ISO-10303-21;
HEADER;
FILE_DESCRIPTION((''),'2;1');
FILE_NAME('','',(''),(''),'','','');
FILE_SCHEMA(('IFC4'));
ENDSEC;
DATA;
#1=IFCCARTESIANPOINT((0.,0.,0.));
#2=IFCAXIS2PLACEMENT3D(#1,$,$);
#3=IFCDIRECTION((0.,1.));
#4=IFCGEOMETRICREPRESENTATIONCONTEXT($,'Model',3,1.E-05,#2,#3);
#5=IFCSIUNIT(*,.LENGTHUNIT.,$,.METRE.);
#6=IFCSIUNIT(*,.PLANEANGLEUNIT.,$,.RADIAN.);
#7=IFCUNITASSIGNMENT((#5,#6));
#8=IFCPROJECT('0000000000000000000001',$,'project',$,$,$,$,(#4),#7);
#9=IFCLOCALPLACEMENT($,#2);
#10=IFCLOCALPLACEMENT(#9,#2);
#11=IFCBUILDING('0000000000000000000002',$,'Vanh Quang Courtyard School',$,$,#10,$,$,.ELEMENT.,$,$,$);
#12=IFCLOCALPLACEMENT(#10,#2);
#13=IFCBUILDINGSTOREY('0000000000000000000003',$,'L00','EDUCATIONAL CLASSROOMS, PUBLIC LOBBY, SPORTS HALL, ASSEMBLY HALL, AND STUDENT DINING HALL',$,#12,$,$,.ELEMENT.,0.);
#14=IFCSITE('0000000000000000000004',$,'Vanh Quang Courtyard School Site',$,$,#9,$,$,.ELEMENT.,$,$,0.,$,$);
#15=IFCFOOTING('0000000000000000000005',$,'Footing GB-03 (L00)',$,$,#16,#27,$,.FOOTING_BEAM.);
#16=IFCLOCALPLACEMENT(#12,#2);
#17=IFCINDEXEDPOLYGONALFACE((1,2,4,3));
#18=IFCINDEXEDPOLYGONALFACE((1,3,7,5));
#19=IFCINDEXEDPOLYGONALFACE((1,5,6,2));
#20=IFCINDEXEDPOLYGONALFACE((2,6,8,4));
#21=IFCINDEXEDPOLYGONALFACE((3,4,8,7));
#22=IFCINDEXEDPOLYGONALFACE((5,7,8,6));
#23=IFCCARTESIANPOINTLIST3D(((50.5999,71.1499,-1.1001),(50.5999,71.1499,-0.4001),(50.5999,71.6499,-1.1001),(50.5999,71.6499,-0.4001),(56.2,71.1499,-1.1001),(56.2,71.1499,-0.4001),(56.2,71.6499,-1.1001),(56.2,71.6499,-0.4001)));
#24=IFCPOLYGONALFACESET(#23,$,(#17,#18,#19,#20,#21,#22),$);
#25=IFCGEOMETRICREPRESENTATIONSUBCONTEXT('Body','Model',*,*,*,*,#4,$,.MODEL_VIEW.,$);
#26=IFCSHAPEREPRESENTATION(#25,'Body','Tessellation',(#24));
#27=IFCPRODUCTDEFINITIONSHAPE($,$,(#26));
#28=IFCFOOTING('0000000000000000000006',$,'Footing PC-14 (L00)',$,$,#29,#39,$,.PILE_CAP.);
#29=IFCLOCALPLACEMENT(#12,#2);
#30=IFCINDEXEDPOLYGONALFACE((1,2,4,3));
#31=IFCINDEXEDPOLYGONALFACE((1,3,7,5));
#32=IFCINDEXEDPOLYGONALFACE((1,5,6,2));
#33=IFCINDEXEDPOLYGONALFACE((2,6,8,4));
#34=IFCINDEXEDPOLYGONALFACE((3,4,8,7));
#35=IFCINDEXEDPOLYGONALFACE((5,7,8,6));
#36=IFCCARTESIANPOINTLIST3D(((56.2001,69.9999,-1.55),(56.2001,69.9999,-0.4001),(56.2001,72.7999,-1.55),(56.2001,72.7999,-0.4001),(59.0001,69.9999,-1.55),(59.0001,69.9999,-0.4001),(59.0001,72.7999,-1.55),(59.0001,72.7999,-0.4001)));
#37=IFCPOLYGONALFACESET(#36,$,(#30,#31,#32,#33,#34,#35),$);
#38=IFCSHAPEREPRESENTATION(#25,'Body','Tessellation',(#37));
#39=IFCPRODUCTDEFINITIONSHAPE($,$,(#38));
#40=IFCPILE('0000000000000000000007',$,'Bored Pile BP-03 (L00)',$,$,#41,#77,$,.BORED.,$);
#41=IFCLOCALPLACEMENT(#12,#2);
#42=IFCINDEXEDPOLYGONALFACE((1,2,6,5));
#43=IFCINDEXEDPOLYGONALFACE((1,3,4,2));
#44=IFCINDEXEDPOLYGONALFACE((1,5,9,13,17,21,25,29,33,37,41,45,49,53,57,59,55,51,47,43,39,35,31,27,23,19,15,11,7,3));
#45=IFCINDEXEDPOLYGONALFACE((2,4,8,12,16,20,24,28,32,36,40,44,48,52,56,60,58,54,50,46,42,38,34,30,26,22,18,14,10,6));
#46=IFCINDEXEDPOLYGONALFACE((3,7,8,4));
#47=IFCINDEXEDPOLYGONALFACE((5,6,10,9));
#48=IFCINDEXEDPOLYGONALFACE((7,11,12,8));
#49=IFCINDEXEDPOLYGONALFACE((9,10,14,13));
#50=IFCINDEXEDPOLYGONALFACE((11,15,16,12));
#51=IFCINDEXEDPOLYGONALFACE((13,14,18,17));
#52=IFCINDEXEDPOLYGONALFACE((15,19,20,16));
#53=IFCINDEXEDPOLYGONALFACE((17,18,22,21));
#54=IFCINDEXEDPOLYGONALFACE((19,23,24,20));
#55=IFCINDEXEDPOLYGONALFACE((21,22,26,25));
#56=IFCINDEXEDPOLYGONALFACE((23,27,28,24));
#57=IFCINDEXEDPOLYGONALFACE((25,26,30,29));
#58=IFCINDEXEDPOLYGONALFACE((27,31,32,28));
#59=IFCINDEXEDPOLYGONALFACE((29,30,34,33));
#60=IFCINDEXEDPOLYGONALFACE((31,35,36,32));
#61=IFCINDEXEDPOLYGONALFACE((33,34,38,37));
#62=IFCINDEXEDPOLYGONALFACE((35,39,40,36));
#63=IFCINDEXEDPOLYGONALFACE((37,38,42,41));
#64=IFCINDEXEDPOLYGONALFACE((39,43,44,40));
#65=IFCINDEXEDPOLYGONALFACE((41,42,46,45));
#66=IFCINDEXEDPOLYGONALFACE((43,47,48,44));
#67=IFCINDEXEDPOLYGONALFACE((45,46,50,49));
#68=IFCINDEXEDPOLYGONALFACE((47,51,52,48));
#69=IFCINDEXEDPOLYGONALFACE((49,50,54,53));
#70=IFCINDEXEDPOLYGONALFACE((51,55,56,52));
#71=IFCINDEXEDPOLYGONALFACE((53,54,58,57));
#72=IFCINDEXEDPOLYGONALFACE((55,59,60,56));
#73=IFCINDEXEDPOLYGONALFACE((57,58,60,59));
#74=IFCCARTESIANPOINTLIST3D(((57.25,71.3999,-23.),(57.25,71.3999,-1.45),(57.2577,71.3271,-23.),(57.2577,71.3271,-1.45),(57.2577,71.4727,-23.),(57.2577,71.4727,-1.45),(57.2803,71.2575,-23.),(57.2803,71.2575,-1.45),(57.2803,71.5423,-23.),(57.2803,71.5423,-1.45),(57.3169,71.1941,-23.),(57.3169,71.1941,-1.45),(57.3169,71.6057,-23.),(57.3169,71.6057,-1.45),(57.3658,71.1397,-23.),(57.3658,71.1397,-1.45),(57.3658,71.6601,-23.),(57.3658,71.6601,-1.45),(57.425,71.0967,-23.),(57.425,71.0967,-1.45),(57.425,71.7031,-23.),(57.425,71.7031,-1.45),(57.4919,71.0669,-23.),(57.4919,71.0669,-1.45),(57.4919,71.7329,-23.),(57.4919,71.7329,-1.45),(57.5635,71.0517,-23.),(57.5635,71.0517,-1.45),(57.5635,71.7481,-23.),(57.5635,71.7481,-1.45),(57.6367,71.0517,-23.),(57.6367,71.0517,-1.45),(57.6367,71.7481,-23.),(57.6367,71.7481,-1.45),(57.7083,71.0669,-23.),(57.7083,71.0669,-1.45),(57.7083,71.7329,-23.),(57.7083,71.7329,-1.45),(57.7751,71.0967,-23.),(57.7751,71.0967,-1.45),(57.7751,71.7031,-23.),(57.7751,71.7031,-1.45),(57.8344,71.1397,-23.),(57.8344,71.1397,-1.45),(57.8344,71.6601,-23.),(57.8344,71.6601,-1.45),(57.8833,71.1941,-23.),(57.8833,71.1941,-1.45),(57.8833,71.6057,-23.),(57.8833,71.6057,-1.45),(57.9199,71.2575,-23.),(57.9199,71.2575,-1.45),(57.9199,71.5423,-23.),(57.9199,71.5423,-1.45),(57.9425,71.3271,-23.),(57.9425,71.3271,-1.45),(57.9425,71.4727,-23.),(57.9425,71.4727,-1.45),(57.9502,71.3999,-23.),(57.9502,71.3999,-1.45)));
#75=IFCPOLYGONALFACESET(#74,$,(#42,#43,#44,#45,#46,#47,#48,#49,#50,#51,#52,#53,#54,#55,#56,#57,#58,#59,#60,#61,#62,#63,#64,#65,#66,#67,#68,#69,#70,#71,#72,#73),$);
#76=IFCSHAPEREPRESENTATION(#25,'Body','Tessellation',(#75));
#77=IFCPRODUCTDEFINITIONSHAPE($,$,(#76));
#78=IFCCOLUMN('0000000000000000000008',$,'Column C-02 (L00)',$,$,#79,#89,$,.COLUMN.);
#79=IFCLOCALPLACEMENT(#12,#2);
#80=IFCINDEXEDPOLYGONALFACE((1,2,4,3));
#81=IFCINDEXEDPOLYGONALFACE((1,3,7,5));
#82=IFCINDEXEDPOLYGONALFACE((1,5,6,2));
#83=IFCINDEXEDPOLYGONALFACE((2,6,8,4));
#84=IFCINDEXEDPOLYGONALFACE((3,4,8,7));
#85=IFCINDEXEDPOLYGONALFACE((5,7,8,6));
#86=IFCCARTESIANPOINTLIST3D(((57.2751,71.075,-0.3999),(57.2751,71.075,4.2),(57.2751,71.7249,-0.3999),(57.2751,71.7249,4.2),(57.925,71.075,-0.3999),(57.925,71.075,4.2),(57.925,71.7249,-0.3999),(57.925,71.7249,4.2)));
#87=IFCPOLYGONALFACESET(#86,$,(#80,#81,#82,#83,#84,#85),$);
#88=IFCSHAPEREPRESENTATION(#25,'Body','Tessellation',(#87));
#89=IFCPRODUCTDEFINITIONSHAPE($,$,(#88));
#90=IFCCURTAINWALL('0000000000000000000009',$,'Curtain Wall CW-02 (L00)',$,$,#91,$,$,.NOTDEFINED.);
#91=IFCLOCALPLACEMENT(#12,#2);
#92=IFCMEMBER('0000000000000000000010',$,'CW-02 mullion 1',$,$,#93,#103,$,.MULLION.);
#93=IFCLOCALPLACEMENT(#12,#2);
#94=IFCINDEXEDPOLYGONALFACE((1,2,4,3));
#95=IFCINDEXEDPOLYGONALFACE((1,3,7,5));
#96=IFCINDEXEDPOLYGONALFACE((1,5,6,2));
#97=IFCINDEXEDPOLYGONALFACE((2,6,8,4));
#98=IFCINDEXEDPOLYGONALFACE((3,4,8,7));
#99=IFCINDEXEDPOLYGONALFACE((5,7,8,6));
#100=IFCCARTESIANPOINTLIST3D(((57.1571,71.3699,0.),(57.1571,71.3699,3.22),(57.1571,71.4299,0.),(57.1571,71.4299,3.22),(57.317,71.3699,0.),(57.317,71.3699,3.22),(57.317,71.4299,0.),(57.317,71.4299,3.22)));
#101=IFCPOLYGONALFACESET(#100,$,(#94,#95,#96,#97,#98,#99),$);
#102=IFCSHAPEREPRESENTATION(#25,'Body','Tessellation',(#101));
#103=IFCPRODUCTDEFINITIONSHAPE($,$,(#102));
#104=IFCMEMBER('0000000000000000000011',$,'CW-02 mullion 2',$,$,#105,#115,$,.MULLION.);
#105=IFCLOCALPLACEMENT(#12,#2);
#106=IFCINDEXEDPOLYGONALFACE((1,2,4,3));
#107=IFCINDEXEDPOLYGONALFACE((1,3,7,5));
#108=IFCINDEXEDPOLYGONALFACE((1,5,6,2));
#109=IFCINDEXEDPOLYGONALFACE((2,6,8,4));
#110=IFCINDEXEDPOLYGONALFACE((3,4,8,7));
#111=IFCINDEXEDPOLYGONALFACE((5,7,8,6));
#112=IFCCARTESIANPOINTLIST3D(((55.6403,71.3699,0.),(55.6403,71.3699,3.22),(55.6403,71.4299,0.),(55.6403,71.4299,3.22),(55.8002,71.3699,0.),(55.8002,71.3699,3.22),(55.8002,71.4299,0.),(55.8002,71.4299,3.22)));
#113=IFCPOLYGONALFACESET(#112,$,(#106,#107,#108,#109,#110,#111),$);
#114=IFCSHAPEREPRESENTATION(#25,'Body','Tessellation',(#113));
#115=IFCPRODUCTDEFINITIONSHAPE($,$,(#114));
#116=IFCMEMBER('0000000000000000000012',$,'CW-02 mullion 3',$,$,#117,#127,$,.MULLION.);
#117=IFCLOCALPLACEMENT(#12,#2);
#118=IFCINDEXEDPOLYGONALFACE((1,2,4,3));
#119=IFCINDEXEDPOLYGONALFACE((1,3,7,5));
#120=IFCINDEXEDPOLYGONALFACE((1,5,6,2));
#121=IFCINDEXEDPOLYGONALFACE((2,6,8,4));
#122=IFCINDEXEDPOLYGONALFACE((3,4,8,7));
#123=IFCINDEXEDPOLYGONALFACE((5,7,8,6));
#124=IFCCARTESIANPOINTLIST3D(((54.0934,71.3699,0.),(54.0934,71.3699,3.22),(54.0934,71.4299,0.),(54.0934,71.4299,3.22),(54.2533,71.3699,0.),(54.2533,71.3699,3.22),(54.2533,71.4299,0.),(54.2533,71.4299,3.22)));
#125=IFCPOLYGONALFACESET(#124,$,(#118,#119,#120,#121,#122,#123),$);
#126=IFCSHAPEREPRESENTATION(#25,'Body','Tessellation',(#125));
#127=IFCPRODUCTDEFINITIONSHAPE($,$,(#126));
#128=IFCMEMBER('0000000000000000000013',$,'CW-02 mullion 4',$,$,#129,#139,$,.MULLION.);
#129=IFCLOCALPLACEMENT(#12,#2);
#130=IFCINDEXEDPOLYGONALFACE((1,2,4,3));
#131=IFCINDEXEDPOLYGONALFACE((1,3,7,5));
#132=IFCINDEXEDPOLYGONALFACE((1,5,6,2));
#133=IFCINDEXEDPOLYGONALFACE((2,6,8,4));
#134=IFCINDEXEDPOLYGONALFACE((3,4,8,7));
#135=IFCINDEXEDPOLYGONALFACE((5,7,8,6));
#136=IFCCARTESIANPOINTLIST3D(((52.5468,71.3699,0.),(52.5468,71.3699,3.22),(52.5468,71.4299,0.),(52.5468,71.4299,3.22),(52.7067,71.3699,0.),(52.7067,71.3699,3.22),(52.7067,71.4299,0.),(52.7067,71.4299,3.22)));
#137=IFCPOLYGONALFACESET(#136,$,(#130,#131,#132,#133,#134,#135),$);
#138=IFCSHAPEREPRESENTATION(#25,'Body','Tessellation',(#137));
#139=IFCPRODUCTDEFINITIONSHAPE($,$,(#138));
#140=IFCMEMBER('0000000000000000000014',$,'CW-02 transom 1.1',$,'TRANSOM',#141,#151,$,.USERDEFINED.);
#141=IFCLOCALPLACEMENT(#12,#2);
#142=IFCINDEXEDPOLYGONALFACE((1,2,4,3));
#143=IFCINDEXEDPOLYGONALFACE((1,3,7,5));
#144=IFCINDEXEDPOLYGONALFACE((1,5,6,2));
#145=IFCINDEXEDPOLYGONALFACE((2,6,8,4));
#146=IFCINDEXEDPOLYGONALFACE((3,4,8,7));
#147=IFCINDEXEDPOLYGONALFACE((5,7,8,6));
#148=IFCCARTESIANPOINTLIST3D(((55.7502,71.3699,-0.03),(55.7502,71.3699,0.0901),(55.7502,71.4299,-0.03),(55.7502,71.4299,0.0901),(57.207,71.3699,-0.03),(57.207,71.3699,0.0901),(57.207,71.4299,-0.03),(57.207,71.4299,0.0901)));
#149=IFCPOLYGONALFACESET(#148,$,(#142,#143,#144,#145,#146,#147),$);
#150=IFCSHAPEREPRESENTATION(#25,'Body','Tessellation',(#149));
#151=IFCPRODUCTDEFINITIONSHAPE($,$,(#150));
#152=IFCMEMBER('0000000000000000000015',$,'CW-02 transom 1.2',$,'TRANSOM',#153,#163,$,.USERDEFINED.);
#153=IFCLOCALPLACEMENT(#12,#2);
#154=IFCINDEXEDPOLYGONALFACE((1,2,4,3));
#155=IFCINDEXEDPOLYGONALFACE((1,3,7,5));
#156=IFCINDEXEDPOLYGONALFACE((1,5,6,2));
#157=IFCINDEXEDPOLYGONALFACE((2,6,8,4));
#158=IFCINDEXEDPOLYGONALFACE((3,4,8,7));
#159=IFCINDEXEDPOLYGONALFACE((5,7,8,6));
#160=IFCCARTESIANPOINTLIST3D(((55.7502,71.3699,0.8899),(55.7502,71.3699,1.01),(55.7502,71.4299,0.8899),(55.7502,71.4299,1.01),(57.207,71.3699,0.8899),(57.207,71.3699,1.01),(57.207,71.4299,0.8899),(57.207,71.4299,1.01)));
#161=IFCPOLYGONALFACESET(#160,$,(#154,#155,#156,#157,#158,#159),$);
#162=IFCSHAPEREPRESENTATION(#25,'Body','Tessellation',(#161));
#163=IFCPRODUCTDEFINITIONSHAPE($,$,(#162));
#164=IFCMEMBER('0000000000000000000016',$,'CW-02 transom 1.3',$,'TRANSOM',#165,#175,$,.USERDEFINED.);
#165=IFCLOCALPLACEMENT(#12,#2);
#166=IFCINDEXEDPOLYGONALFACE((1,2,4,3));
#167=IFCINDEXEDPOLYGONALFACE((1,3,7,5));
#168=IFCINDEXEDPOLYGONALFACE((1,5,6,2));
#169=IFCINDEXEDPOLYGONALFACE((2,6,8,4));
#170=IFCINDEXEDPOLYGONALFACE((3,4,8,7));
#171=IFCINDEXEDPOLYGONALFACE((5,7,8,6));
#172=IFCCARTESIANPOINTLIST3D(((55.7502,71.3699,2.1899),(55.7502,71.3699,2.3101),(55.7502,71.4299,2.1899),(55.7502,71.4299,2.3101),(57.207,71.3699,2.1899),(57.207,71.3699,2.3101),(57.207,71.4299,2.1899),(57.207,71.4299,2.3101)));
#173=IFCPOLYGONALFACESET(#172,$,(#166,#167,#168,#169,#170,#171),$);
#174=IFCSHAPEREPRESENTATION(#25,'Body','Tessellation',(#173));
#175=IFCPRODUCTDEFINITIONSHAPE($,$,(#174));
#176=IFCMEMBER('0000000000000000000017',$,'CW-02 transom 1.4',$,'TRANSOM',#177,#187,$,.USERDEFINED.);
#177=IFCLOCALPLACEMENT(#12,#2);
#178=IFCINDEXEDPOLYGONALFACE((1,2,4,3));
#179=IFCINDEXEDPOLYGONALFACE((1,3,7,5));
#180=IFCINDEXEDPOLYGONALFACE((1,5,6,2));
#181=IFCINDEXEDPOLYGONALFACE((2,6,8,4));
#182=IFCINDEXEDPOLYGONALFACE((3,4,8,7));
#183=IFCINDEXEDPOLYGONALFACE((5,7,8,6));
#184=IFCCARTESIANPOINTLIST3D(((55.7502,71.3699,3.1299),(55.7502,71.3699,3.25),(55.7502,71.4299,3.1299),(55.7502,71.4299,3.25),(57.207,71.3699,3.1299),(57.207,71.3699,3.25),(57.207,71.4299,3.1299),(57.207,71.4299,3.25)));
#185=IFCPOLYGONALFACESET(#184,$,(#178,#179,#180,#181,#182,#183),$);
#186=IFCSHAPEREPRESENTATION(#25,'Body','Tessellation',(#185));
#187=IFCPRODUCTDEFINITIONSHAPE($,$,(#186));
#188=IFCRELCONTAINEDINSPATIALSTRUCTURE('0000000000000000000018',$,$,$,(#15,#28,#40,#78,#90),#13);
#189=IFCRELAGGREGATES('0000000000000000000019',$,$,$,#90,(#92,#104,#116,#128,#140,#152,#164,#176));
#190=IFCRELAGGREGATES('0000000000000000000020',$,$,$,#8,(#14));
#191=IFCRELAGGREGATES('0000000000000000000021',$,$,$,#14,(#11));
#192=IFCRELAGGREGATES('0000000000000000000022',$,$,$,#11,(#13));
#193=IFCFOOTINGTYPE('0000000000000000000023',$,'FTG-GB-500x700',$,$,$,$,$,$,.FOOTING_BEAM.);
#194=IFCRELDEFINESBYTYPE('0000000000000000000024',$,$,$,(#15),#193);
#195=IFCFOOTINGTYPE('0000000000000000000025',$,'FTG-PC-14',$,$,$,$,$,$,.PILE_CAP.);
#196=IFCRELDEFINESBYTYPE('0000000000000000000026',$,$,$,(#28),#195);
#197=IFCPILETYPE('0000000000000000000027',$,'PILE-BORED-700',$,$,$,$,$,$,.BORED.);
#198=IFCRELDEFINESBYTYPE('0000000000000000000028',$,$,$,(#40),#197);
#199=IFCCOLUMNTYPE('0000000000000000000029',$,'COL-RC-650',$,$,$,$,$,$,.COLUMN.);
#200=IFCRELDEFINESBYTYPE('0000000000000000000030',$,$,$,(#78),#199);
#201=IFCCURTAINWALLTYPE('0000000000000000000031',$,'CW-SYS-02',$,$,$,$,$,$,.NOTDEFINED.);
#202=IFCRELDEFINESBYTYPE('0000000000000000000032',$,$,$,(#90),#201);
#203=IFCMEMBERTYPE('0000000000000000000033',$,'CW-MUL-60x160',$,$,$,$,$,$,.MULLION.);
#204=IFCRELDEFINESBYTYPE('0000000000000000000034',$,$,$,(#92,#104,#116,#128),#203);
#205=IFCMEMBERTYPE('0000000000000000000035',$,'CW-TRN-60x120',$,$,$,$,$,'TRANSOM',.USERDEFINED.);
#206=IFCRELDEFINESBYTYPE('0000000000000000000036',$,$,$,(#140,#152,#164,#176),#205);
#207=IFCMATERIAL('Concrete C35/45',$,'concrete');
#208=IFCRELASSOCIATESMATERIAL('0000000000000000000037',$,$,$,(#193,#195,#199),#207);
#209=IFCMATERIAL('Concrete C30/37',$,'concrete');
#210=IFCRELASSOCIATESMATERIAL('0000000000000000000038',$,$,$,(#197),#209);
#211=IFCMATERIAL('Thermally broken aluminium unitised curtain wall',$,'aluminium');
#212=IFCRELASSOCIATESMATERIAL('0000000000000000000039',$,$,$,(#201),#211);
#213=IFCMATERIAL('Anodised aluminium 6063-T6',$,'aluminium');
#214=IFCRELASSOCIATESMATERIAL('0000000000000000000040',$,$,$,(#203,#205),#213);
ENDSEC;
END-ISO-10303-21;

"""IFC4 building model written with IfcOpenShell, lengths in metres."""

from ifc_helpers import new_model, si_unit, direction, frame, origin, origin_2d, place, context, subcontext, project, spatial, rectangle, circle, extrude, material, material_profile, profile_set, type_object, element, aggregate, save


model = new_model("IFC4")

# Units and contexts
model_context = context("Model", 3, precision=1e-05, world=origin(), true_north=direction((0.0, 1.0)))
body_context = subcontext(model_context, "Body", "Model", "MODEL_VIEW")
ifc_project = project(units=[si_unit("LENGTHUNIT", "METRE"), si_unit("PLANEANGLEUNIT", "RADIAN")], contexts=[model_context])

# Site, building, storey
site_placement = place(None, origin())
site = spatial("IfcSite", under=ifc_project, at=site_placement, Name="Vanh Quang Courtyard School Site", CompositionType="ELEMENT", RefElevation=0.0)
building_placement = place(site_placement, origin())
building = spatial("IfcBuilding", under=site, at=building_placement, Name="Vanh Quang Courtyard School", CompositionType="ELEMENT")
storey_placement = place(building_placement, origin())
storey = spatial("IfcBuildingStorey", under=building, at=storey_placement, Name="L00", Description="EDUCATIONAL CLASSROOMS, PUBLIC LOBBY, SPORTS HALL, ASSEMBLY HALL, AND STUDENT DINING HALL", CompositionType="ELEMENT", Elevation=0.0)

# Footings
ifc_material_1 = material(Name="Concrete C35/45", Category="concrete")
footing_type_1 = type_object("IfcFootingType", Name="FTG-GB-500x700", PredefinedType="FOOTING_BEAM", material=ifc_material_1)
footing_1_placement = place(storey_placement, frame((53.3999, 71.3999, -1.1001), z_axis=(0.0, 0.0, 1.0), x_axis=(1.0, 0.0, 0.0)))
element("IfcFooting", 1, at=footing_1_placement, inside=storey, type_object=footing_type_1, Name="Footing GB-03 (L00)", PredefinedType="FOOTING_BEAM", context=body_context, shape_type="SweptSolid", body=[
    extrude(rectangle(XDim=5.6001, YDim=0.5, at=origin_2d()), origin(), (0.0, 0.0, 1.0), 0.7),
])
footing_type_2 = type_object("IfcFootingType", Name="FTG-PC-14", PredefinedType="PILE_CAP", material=ifc_material_1)
footing_2_placement = place(storey_placement, frame((57.6001, 71.3999, -1.55), z_axis=(0.0, 0.0, 1.0), x_axis=(1.0, 0.0, 0.0)))
element("IfcFooting", 2, at=footing_2_placement, inside=storey, type_object=footing_type_2, Name="Footing PC-14 (L00)", PredefinedType="PILE_CAP", context=body_context, shape_type="SweptSolid", body=[
    extrude(rectangle(XDim=2.8, YDim=2.8, at=origin_2d()), origin(), (0.0, 0.0, 1.0), 1.1499),
])

# Pile
ifc_material_2 = material(Name="Concrete C30/37", Category="concrete")
ifc_material_profile_1 = material_profile(ifc_material_2, circle(Radius=0.3501, at=origin_2d()), Name="PILE D700")
ifc_profile_set_1 = profile_set([ifc_material_profile_1], Name="Concrete C30/37")
pile_type = type_object("IfcPileType", Name="PILE-BORED-700", PredefinedType="BORED", material=ifc_profile_set_1)
pile_placement = place(storey_placement, frame((57.6001, 71.3999, -1.45), z_axis=(0.0, 0.0, -1.0), x_axis=(1.0, 0.0, 0.0)))
element("IfcPile", 3, at=pile_placement, inside=storey, type_object=pile_type, Name="Bored Pile BP-03 (L00)", PredefinedType="BORED", context=body_context, shape_type="SweptSolid", body=[
    extrude(circle(Radius=0.3501, at=origin_2d()), origin(), (0.0, 0.0, 1.0), 21.55),
])

# Column
ifc_material_profile_2 = material_profile(ifc_material_1, rectangle(XDim=0.6499, YDim=0.6499, at=origin_2d()), Name="RC-COL 650x650")
ifc_profile_set_2 = profile_set([ifc_material_profile_2], Name="Concrete C35/45")
column_type = type_object("IfcColumnType", Name="COL-RC-650", PredefinedType="COLUMN", material=ifc_profile_set_2)
column_placement = place(storey_placement, frame((57.6001, 71.3999, -0.3999), z_axis=(0.0, 0.0, 1.0), x_axis=(1.0, 0.0, 0.0)))
element("IfcColumn", 4, at=column_placement, inside=storey, type_object=column_type, Name="Column C-02 (L00)", PredefinedType="COLUMN", context=body_context, shape_type="SweptSolid", body=[
    extrude(rectangle(XDim=0.6499, YDim=0.6499, at=origin_2d()), origin(), (0.0, 0.0, 1.0), 4.5999),
])

# Curtain wall, members
ifc_material_3 = material(Name="Thermally broken aluminium unitised curtain wall", Category="aluminium")
curtain_wall_type = type_object("IfcCurtainWallType", Name="CW-SYS-02", PredefinedType="NOTDEFINED", material=ifc_material_3)
curtain_wall_placement = place(storey_placement, origin())
curtain_wall = element("IfcCurtainWall", 5, at=curtain_wall_placement, inside=storey, type_object=curtain_wall_type, Name="Curtain Wall CW-02 (L00)", PredefinedType="NOTDEFINED")
ifc_material_4 = material(Name="Anodised aluminium 6063-T6", Category="aluminium")
ifc_material_profile_3 = material_profile(ifc_material_4, rectangle(XDim=0.0601, YDim=0.1599, at=origin_2d()), Name="ALU-MUL 60x160")
ifc_profile_set_3 = profile_set([ifc_material_profile_3], Name="Anodised aluminium 6063-T6")
member_type_1 = type_object("IfcMemberType", Name="CW-MUL-60x160", PredefinedType="MULLION", material=ifc_profile_set_3)
member_1_placement = place(storey_placement, frame((57.2371, 71.3999, 0.0), z_axis=(0.0, 0.0, 1.0), x_axis=(0.0, -1.0, 0.0)))
member_1 = element("IfcMember", 6, at=member_1_placement, type_object=member_type_1, Name="CW-02 mullion 1", PredefinedType="MULLION", context=body_context, shape_type="SweptSolid", body=[
    extrude(rectangle(XDim=0.0601, YDim=0.1599, at=origin_2d()), origin(), (0.0, 0.0, 1.0), 3.22),
])
member_2_placement = place(storey_placement, frame((55.7202, 71.3999, 0.0), z_axis=(0.0, 0.0, 1.0), x_axis=(0.0, -1.0, 0.0)))
member_2 = element("IfcMember", 7, at=member_2_placement, type_object=member_type_1, Name="CW-02 mullion 2", PredefinedType="MULLION", context=body_context, shape_type="SweptSolid", body=[
    extrude(rectangle(XDim=0.0601, YDim=0.1599, at=origin_2d()), origin(), (0.0, 0.0, 1.0), 3.22),
])
member_3_placement = place(storey_placement, frame((54.1733, 71.3999, 0.0), z_axis=(0.0, 0.0, 1.0), x_axis=(0.0, -1.0, 0.0)))
member_3 = element("IfcMember", 8, at=member_3_placement, type_object=member_type_1, Name="CW-02 mullion 3", PredefinedType="MULLION", context=body_context, shape_type="SweptSolid", body=[
    extrude(rectangle(XDim=0.0601, YDim=0.1599, at=origin_2d()), origin(), (0.0, 0.0, 1.0), 3.22),
])
member_4_placement = place(storey_placement, frame((52.6267, 71.3999, 0.0), z_axis=(0.0, 0.0, 1.0), x_axis=(0.0, -1.0, 0.0)))
member_4 = element("IfcMember", 9, at=member_4_placement, type_object=member_type_1, Name="CW-02 mullion 4", PredefinedType="MULLION", context=body_context, shape_type="SweptSolid", body=[
    extrude(rectangle(XDim=0.0601, YDim=0.1599, at=origin_2d()), origin(), (0.0, 0.0, 1.0), 3.22),
])
ifc_material_profile_4 = material_profile(ifc_material_4, rectangle(XDim=0.0601, YDim=0.1201, at=origin_2d()), Name="ALU-TRN 60x120")
ifc_profile_set_4 = profile_set([ifc_material_profile_4], Name="Anodised aluminium 6063-T6")
member_type_2 = type_object("IfcMemberType", Name="CW-TRN-60x120", ElementType="TRANSOM", PredefinedType="USERDEFINED", material=ifc_profile_set_4)
member_5_placement = place(storey_placement, frame((57.207, 71.3999, 0.03), z_axis=(-1.0, 0.0, 0.0), x_axis=(0.0, -1.0, 0.0)))
member_5 = element("IfcMember", 10, at=member_5_placement, type_object=member_type_2, Name="CW-02 transom 1.1", ObjectType="TRANSOM", PredefinedType="USERDEFINED", context=body_context, shape_type="SweptSolid", body=[
    extrude(rectangle(XDim=0.0601, YDim=0.1201, at=origin_2d()), origin(), (0.0, 0.0, 1.0), 1.4568),
])
member_6_placement = place(storey_placement, frame((57.207, 71.3999, 0.95), z_axis=(-1.0, 0.0, 0.0), x_axis=(0.0, -1.0, 0.0)))
member_6 = element("IfcMember", 11, at=member_6_placement, type_object=member_type_2, Name="CW-02 transom 1.2", ObjectType="TRANSOM", PredefinedType="USERDEFINED", context=body_context, shape_type="SweptSolid", body=[
    extrude(rectangle(XDim=0.0601, YDim=0.1201, at=origin_2d()), origin(), (0.0, 0.0, 1.0), 1.4568),
])
member_7_placement = place(storey_placement, frame((57.207, 71.3999, 2.25), z_axis=(-1.0, 0.0, 0.0), x_axis=(0.0, -1.0, 0.0)))
member_7 = element("IfcMember", 12, at=member_7_placement, type_object=member_type_2, Name="CW-02 transom 1.3", ObjectType="TRANSOM", PredefinedType="USERDEFINED", context=body_context, shape_type="SweptSolid", body=[
    extrude(rectangle(XDim=0.0601, YDim=0.1201, at=origin_2d()), origin(), (0.0, 0.0, 1.0), 1.4568),
])
member_8_placement = place(storey_placement, frame((57.207, 71.3999, 3.1899), z_axis=(-1.0, 0.0, 0.0), x_axis=(0.0, -1.0, 0.0)))
member_8 = element("IfcMember", 13, at=member_8_placement, type_object=member_type_2, Name="CW-02 transom 1.4", ObjectType="TRANSOM", PredefinedType="USERDEFINED", context=body_context, shape_type="SweptSolid", body=[
    extrude(rectangle(XDim=0.0601, YDim=0.1201, at=origin_2d()), origin(), (0.0, 0.0, 1.0), 1.4568),
])
aggregate(curtain_wall, [member_1, member_2, member_3, member_4, member_5, member_6, member_7, member_8])

save(model, "model.ifc")
